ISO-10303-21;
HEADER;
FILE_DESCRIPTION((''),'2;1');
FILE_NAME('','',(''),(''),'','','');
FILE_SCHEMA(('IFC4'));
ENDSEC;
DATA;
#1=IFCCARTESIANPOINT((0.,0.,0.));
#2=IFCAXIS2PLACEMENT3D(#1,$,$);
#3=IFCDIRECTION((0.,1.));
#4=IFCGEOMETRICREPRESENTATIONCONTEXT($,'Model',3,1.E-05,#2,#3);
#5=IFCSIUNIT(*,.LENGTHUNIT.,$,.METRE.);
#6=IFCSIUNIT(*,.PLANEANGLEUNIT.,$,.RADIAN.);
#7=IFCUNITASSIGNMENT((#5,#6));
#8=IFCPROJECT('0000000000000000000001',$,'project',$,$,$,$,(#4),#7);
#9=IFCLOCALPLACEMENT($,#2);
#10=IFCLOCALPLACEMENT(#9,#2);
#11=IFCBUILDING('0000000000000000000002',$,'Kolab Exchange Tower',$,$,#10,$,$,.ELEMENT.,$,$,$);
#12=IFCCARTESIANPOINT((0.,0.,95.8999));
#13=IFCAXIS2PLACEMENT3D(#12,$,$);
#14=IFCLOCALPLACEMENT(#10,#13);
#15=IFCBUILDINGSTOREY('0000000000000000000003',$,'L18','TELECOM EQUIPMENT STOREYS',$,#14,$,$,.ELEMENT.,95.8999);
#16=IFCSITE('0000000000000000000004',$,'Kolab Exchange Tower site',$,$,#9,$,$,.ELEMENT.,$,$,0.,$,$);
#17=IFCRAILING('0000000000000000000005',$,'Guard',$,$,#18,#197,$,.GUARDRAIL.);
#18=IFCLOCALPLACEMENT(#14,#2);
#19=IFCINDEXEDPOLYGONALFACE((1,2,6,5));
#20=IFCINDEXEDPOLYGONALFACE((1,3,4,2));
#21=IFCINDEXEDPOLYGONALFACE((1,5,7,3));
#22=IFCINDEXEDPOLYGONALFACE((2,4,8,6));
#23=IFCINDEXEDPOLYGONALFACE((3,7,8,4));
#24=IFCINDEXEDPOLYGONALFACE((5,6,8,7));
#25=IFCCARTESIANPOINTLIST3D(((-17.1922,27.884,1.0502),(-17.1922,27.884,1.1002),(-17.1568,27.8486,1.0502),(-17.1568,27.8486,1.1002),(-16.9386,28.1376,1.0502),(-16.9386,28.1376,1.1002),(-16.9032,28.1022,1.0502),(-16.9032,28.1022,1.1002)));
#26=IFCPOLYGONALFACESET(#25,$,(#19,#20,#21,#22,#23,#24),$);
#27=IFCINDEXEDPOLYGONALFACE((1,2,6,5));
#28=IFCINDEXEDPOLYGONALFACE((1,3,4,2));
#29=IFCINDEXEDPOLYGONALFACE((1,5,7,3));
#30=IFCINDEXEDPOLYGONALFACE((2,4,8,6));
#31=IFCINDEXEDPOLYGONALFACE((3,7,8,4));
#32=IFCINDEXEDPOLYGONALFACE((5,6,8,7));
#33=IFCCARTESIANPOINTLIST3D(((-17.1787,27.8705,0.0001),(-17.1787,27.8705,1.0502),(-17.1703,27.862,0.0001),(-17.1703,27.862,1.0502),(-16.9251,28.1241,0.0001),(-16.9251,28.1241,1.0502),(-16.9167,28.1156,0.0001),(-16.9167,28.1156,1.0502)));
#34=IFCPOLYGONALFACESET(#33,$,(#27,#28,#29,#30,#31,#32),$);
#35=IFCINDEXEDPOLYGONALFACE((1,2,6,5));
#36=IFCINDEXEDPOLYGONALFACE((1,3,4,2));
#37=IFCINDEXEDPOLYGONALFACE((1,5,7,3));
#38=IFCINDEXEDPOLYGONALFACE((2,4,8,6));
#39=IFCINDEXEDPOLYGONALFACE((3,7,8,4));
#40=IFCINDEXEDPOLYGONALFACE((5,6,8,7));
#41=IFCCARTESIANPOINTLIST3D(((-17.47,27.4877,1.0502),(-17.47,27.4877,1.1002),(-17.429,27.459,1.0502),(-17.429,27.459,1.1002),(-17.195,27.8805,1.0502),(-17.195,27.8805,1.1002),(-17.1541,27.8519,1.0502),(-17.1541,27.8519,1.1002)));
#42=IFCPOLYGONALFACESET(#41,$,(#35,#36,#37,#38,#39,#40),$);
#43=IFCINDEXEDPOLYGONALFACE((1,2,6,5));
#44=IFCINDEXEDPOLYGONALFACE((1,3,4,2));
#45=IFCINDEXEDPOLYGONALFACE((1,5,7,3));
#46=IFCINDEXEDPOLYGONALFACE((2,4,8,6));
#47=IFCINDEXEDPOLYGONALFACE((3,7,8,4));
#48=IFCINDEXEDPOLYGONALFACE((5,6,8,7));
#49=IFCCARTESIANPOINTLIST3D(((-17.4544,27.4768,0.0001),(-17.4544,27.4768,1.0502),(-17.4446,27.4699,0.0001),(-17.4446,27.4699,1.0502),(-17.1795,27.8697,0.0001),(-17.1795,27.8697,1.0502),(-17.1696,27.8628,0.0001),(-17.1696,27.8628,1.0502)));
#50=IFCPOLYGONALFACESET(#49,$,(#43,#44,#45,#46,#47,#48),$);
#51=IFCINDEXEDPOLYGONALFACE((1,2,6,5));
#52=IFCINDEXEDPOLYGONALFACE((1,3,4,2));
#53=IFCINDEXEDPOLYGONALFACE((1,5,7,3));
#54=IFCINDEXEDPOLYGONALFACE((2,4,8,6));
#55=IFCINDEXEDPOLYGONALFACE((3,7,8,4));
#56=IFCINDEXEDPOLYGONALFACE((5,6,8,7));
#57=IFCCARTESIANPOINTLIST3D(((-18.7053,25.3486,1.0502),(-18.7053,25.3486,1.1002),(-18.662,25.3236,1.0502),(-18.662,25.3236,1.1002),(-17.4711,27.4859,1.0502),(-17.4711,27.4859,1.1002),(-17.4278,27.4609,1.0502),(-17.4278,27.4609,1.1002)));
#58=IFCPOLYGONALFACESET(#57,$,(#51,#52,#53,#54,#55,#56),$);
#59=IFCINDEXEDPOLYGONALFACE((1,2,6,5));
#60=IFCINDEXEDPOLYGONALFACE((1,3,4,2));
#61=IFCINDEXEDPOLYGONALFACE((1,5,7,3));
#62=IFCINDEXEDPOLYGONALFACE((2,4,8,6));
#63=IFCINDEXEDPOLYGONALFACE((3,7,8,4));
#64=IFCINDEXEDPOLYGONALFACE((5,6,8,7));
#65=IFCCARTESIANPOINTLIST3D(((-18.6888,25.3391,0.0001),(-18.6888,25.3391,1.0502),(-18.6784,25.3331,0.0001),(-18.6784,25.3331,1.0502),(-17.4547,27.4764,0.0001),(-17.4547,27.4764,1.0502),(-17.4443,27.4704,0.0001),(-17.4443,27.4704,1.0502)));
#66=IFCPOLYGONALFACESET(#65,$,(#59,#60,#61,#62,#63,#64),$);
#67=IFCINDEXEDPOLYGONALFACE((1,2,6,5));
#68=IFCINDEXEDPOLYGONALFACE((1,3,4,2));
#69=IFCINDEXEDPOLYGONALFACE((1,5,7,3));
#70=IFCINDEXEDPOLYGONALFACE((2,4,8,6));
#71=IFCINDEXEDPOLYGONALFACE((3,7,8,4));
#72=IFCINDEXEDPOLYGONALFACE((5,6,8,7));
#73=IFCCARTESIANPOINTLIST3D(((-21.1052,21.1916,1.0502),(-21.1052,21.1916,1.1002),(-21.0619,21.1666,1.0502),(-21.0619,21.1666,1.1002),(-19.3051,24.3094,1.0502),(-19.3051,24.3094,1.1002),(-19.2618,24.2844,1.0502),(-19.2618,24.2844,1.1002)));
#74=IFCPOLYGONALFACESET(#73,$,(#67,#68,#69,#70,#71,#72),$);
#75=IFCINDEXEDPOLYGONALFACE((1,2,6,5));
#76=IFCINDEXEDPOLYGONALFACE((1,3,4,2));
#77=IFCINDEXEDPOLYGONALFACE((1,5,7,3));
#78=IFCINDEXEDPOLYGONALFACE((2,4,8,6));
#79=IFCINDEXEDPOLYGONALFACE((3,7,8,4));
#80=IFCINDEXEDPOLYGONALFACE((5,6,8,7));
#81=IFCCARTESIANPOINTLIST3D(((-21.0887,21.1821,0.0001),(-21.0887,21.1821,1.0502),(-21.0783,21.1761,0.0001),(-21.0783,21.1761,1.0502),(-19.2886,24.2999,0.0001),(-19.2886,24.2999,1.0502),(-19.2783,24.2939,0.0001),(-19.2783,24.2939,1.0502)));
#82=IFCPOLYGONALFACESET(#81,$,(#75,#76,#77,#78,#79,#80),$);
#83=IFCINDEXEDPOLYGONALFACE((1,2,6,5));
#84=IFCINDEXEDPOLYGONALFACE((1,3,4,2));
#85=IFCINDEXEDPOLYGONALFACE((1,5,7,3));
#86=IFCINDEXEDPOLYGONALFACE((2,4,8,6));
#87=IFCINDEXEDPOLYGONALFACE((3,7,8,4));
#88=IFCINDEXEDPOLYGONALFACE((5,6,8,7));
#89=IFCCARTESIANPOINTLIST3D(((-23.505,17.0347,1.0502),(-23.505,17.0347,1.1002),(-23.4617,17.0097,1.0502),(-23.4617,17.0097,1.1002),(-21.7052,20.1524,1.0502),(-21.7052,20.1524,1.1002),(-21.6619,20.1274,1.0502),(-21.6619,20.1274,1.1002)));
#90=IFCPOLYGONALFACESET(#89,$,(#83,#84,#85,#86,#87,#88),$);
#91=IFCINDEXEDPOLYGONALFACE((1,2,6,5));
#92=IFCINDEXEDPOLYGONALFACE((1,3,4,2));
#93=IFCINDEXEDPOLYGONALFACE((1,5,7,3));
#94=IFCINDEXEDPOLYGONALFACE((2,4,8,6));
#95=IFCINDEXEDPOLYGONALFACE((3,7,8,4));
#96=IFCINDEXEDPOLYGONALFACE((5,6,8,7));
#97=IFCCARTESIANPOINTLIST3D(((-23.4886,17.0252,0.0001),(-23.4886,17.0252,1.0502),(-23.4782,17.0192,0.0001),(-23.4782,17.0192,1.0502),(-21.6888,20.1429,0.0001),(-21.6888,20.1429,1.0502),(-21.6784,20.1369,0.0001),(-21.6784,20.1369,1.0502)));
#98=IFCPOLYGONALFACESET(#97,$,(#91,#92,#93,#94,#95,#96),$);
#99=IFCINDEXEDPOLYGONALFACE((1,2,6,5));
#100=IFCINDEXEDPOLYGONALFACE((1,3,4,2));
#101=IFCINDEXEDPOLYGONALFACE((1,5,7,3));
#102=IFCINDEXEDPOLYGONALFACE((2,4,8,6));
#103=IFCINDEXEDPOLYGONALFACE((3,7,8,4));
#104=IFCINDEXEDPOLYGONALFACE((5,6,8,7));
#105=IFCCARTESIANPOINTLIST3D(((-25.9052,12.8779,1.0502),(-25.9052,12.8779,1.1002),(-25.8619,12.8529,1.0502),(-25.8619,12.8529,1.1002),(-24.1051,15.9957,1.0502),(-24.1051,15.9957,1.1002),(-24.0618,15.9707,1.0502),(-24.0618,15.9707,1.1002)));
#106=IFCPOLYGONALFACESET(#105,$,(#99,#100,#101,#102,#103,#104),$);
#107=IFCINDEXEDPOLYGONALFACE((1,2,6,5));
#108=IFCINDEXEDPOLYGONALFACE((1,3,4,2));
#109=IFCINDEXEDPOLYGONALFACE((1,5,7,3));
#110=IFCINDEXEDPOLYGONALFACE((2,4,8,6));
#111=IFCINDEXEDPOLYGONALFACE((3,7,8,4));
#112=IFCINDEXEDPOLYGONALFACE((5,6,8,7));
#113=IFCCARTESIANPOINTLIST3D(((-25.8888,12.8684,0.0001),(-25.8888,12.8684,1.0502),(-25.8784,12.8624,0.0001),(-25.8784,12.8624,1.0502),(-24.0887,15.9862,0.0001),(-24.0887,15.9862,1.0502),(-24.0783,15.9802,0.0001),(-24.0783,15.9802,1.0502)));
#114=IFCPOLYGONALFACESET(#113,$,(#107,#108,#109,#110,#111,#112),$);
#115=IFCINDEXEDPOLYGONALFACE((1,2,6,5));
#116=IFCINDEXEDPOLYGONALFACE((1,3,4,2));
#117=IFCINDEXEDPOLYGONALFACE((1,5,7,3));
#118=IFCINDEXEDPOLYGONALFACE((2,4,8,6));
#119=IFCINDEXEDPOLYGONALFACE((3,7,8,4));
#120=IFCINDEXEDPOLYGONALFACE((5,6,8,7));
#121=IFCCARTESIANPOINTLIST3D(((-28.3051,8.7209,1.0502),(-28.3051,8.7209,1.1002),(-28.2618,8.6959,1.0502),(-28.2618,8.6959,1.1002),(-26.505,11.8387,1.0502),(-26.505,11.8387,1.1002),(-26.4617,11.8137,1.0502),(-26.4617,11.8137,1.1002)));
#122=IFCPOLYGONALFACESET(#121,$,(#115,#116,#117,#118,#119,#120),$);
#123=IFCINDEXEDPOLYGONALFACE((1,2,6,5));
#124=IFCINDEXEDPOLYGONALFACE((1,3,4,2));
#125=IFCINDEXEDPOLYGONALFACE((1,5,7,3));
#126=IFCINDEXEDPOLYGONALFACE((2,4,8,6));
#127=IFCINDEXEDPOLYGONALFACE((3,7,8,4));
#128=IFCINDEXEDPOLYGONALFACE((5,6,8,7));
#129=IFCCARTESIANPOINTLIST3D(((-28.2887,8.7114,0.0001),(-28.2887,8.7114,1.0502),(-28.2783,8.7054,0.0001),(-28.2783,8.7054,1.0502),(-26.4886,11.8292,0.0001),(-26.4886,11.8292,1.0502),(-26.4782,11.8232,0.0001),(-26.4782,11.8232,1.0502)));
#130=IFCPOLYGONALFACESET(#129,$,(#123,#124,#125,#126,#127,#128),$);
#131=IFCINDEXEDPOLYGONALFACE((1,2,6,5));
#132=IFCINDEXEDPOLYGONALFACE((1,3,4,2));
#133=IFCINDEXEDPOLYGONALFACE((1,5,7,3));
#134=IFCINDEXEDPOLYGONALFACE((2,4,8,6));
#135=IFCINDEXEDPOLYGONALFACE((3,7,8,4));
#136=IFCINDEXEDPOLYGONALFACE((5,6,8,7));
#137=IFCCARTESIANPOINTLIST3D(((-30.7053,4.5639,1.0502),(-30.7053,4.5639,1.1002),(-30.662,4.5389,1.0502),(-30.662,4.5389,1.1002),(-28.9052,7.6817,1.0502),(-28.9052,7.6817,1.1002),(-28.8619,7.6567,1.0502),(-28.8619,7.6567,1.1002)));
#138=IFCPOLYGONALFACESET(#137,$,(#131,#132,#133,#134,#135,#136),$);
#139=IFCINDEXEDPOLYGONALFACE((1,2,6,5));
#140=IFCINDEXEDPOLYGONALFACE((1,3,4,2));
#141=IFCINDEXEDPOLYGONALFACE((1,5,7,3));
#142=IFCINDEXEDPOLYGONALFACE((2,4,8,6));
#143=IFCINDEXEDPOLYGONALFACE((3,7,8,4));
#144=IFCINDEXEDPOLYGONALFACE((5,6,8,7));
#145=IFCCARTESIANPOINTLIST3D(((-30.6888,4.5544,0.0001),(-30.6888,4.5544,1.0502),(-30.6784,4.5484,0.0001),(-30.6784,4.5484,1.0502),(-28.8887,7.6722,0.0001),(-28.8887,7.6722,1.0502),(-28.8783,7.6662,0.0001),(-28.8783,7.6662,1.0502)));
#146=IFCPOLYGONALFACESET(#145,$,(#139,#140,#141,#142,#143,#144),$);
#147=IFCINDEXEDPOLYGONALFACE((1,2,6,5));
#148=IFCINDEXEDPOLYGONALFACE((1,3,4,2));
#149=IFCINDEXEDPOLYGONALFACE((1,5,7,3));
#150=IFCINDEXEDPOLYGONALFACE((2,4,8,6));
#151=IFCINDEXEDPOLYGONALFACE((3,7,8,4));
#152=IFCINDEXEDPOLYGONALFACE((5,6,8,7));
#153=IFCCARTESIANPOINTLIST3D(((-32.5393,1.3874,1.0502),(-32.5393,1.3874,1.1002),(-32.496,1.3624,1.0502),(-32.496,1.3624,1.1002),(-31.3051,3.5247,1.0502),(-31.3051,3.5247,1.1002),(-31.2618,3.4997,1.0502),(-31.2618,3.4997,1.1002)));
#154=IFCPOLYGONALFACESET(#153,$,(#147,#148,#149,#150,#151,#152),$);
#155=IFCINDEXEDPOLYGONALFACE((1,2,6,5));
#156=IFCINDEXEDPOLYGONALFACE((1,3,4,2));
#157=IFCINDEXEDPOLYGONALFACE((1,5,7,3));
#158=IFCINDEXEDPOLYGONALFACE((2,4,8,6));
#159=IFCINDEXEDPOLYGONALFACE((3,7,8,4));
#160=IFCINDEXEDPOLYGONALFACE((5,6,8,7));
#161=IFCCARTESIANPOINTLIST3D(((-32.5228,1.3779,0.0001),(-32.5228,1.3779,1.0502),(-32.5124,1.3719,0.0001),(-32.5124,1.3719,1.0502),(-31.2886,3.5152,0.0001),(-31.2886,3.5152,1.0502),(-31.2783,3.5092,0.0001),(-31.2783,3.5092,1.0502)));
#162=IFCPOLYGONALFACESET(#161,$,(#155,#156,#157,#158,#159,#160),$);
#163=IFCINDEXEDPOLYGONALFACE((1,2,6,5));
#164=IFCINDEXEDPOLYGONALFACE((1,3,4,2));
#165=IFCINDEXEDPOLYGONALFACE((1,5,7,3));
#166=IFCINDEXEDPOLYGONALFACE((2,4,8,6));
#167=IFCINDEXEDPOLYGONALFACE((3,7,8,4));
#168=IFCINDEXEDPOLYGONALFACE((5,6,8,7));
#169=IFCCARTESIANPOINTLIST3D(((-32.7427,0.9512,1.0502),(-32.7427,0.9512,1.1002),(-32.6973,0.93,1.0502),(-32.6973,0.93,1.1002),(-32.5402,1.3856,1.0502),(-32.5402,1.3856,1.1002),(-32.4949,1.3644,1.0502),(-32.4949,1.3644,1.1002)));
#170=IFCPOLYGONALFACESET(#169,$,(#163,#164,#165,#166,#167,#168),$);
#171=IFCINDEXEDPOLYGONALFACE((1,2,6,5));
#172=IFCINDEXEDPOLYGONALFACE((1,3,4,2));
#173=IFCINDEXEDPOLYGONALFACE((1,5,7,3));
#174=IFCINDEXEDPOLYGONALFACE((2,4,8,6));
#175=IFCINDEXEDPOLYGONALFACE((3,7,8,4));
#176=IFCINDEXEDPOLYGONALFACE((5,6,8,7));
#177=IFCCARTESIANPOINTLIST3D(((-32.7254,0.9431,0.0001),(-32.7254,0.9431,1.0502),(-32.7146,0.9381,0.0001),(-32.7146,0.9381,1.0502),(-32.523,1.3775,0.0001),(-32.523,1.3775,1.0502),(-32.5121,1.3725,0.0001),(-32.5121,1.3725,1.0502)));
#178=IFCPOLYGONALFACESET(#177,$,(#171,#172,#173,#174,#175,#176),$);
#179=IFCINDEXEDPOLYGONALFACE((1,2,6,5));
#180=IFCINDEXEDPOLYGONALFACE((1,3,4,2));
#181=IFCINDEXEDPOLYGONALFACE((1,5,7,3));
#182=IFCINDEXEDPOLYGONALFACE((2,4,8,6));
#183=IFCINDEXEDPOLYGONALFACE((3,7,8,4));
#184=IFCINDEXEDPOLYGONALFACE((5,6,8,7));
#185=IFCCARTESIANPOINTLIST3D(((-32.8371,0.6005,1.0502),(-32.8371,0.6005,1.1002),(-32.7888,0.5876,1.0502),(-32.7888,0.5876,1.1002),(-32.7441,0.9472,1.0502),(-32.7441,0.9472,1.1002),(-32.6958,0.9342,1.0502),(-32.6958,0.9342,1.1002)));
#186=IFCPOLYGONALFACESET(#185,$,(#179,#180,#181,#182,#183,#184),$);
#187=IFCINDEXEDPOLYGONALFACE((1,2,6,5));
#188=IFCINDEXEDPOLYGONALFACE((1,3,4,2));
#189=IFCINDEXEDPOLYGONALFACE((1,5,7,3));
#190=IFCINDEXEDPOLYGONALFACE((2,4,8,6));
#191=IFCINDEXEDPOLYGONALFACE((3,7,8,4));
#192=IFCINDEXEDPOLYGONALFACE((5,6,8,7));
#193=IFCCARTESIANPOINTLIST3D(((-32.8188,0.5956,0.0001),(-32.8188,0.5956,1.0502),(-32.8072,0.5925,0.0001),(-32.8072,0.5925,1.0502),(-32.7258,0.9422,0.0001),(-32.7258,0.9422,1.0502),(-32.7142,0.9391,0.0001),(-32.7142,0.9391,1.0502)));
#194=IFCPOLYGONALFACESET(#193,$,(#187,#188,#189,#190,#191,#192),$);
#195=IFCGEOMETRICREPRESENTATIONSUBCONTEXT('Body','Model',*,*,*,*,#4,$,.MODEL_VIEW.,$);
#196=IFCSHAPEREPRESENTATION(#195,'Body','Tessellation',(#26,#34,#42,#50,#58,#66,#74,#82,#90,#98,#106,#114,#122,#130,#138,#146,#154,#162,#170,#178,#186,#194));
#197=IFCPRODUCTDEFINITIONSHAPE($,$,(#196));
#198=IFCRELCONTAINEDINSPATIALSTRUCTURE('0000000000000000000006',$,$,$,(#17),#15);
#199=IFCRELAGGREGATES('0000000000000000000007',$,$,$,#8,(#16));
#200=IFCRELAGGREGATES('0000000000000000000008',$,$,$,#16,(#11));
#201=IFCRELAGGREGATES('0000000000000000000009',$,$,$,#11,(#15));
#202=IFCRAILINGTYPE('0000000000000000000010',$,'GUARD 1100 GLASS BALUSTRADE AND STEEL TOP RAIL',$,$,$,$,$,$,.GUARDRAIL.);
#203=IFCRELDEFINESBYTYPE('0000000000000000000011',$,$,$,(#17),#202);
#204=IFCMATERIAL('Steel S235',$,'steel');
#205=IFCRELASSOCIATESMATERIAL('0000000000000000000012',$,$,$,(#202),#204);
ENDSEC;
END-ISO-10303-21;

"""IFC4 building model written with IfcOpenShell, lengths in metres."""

from ifc_helpers import new_model, si_unit, direction, frame, frame_2d, origin, origin_2d, place, context, subcontext, project, spatial, rectangle, extrude, material, type_object, element, save


model = new_model("IFC4")

# Units and contexts
model_context = context("Model", 3, precision=1e-05, world=origin(), true_north=direction((0.0, 1.0)))
body_context = subcontext(model_context, "Body", "Model", "MODEL_VIEW")
ifc_project = project(units=[si_unit("LENGTHUNIT", "METRE"), si_unit("PLANEANGLEUNIT", "RADIAN")], contexts=[model_context])

# Site, building, storey
site_placement = place(None, origin())
site = spatial("IfcSite", under=ifc_project, at=site_placement, Name="Kolab Exchange Tower site", CompositionType="ELEMENT", RefElevation=0.0)
building_placement = place(site_placement, origin())
building = spatial("IfcBuilding", under=site, at=building_placement, Name="Kolab Exchange Tower", CompositionType="ELEMENT")
storey_placement = place(building_placement, frame((0.0, 0.0, 95.8999)))
storey = spatial("IfcBuildingStorey", under=building, at=storey_placement, Name="L18", Description="TELECOM EQUIPMENT STOREYS", CompositionType="ELEMENT", Elevation=95.8999)

# Railing
ifc_material_1 = material(Name="Steel S235", Category="steel")
railing_type = type_object("IfcRailingType", Name="GUARD 1100 GLASS BALUSTRADE AND STEEL TOP RAIL", PredefinedType="GUARDRAIL", material=ifc_material_1)
railing_placement = place(storey_placement, frame((-16.9209, 28.1199, 0.0)))
element("IfcRailing", 1, at=railing_placement, inside=storey, type_object=railing_type, Name="Guard", PredefinedType="GUARDRAIL", context=body_context, shape_type="SweptSolid", body=[
    extrude(rectangle(XDim=0.05, YDim=0.05, at=origin_2d()), frame((0.0, 0.0, 1.0752), z_axis=(-0.707107, -0.707107, 0.0), x_axis=(0.707107, -0.707107, 0.0)), (0.0, 0.0, 1.0), 0.3586),
    extrude(rectangle(XDim=0.012, YDim=1.0501, at=frame_2d((0.0, 0.5251))), frame((0.0, 0.0, 0.0), z_axis=(-0.707107, -0.707107, 0.0), x_axis=(0.707107, -0.707107, 0.0)), (0.0, 0.0, 1.0), 0.3586),
    extrude(rectangle(XDim=0.05, YDim=0.05, at=origin_2d()), frame((-0.2537, -0.2537, 1.0752), z_axis=(-0.57336, -0.819304, 0.0), x_axis=(0.819304, -0.57336, 0.0)), (0.0, 0.0, 1.0), 0.4795),
    extrude(rectangle(XDim=0.012, YDim=1.0501, at=frame_2d((0.0, 0.5251))), frame((-0.2537, -0.2537, 0.0), z_axis=(-0.57336, -0.819304, 0.0), x_axis=(0.819304, -0.57336, 0.0)), (0.0, 0.0, 1.0), 0.4795),
    extrude(rectangle(XDim=0.05, YDim=0.05, at=origin_2d()), frame((-0.5286, -0.6465, 1.0752), z_axis=(-0.500065, -0.865988, 0.0), x_axis=(0.865988, -0.500065, 0.0)), (0.0, 0.0, 1.0), 2.468),
    extrude(rectangle(XDim=0.012, YDim=1.0501, at=frame_2d((0.0, 0.5251))), frame((-0.5286, -0.6465, 0.0), z_axis=(-0.500065, -0.865988, 0.0), x_axis=(0.865988, -0.500065, 0.0)), (0.0, 0.0, 1.0), 2.468),
    extrude(rectangle(XDim=0.05, YDim=0.05, at=origin_2d()), frame((-2.3625, -3.823, 1.0752), z_axis=(-0.500012, -0.866018, 0.0), x_axis=(0.866018, -0.500012, 0.0)), (0.0, 0.0, 1.0), 3.6001),
    extrude(rectangle(XDim=0.012, YDim=1.0501, at=frame_2d((0.0, 0.5251))), frame((-2.3625, -3.823, 0.0), z_axis=(-0.500012, -0.866018, 0.0), x_axis=(0.866018, -0.500012, 0.0)), (0.0, 0.0, 1.0), 3.6001),
    extrude(rectangle(XDim=0.05, YDim=0.05, at=origin_2d()), frame((-4.7627, -7.98, 1.0752), z_axis=(-0.499961, -0.866048, 0.0), x_axis=(0.866048, -0.499961, 0.0)), (0.0, 0.0, 1.0), 3.5999),
    extrude(rectangle(XDim=0.012, YDim=1.0501, at=frame_2d((0.0, 0.5251))), frame((-4.7627, -7.98, 0.0), z_axis=(-0.499961, -0.866048, 0.0), x_axis=(0.866048, -0.499961, 0.0)), (0.0, 0.0, 1.0), 3.5999),
    extrude(rectangle(XDim=0.05, YDim=0.05, at=origin_2d()), frame((-7.1626, -12.1367, 1.0752), z_axis=(-0.500012, -0.866018, 0.0), x_axis=(0.866018, -0.500012, 0.0)), (0.0, 0.0, 1.0), 3.6001),
    extrude(rectangle(XDim=0.012, YDim=1.0501, at=frame_2d((0.0, 0.5251))), frame((-7.1626, -12.1367, 0.0), z_axis=(-0.500012, -0.866018, 0.0), x_axis=(0.866018, -0.500012, 0.0)), (0.0, 0.0, 1.0), 3.6001),
    extrude(rectangle(XDim=0.05, YDim=0.05, at=origin_2d()), frame((-9.5625, -16.2937, 1.0752), z_axis=(-0.500012, -0.866018, 0.0), x_axis=(0.866018, -0.500012, 0.0)), (0.0, 0.0, 1.0), 3.6001),
    extrude(rectangle(XDim=0.012, YDim=1.0501, at=frame_2d((0.0, 0.5251))), frame((-9.5625, -16.2937, 0.0), z_axis=(-0.500012, -0.866018, 0.0), x_axis=(0.866018, -0.500012, 0.0)), (0.0, 0.0, 1.0), 3.6001),
    extrude(rectangle(XDim=0.05, YDim=0.05, at=origin_2d()), frame((-11.9626, -20.4507, 1.0752), z_axis=(-0.500012, -0.866018, 0.0), x_axis=(0.866018, -0.500012, 0.0)), (0.0, 0.0, 1.0), 3.6001),
    extrude(rectangle(XDim=0.012, YDim=1.0501, at=frame_2d((0.0, 0.5251))), frame((-11.9626, -20.4507, 0.0), z_axis=(-0.500012, -0.866018, 0.0), x_axis=(0.866018, -0.500012, 0.0)), (0.0, 0.0, 1.0), 3.6001),
    extrude(rectangle(XDim=0.05, YDim=0.05, at=origin_2d()), frame((-14.3625, -24.6077, 1.0752), z_axis=(-0.500065, -0.865988, 0.0), x_axis=(0.865988, -0.500065, 0.0)), (0.0, 0.0, 1.0), 2.468),
    extrude(rectangle(XDim=0.012, YDim=1.0501, at=frame_2d((0.0, 0.5251))), frame((-14.3625, -24.6077, 0.0), z_axis=(-0.500065, -0.865988, 0.0), x_axis=(0.865988, -0.500065, 0.0)), (0.0, 0.0, 1.0), 2.468),
    extrude(rectangle(XDim=0.05, YDim=0.05, at=origin_2d()), frame((-15.5967, -26.7449, 1.0752), z_axis=(-0.422383, -0.906417, 0.0), x_axis=(0.906417, -0.422383, 0.0)), (0.0, 0.0, 1.0), 0.4792),
    extrude(rectangle(XDim=0.012, YDim=1.0501, at=frame_2d((0.0, 0.5251))), frame((-15.5967, -26.7449, 0.0), z_axis=(-0.422383, -0.906417, 0.0), x_axis=(0.906417, -0.422383, 0.0)), (0.0, 0.0, 1.0), 0.4792),
    extrude(rectangle(XDim=0.05, YDim=0.05, at=origin_2d()), frame((-15.7991, -27.1792, 1.0752), z_axis=(-0.259144, -0.965839, 0.0), x_axis=(0.965839, -0.259144, 0.0)), (0.0, 0.0, 1.0), 0.3589),
    extrude(rectangle(XDim=0.012, YDim=1.0501, at=frame_2d((0.0, 0.5251))), frame((-15.7991, -27.1792, 0.0), z_axis=(-0.259144, -0.965839, 0.0), x_axis=(0.965839, -0.259144, 0.0)), (0.0, 0.0, 1.0), 0.3589),
])

save(model, "model.ifc")
